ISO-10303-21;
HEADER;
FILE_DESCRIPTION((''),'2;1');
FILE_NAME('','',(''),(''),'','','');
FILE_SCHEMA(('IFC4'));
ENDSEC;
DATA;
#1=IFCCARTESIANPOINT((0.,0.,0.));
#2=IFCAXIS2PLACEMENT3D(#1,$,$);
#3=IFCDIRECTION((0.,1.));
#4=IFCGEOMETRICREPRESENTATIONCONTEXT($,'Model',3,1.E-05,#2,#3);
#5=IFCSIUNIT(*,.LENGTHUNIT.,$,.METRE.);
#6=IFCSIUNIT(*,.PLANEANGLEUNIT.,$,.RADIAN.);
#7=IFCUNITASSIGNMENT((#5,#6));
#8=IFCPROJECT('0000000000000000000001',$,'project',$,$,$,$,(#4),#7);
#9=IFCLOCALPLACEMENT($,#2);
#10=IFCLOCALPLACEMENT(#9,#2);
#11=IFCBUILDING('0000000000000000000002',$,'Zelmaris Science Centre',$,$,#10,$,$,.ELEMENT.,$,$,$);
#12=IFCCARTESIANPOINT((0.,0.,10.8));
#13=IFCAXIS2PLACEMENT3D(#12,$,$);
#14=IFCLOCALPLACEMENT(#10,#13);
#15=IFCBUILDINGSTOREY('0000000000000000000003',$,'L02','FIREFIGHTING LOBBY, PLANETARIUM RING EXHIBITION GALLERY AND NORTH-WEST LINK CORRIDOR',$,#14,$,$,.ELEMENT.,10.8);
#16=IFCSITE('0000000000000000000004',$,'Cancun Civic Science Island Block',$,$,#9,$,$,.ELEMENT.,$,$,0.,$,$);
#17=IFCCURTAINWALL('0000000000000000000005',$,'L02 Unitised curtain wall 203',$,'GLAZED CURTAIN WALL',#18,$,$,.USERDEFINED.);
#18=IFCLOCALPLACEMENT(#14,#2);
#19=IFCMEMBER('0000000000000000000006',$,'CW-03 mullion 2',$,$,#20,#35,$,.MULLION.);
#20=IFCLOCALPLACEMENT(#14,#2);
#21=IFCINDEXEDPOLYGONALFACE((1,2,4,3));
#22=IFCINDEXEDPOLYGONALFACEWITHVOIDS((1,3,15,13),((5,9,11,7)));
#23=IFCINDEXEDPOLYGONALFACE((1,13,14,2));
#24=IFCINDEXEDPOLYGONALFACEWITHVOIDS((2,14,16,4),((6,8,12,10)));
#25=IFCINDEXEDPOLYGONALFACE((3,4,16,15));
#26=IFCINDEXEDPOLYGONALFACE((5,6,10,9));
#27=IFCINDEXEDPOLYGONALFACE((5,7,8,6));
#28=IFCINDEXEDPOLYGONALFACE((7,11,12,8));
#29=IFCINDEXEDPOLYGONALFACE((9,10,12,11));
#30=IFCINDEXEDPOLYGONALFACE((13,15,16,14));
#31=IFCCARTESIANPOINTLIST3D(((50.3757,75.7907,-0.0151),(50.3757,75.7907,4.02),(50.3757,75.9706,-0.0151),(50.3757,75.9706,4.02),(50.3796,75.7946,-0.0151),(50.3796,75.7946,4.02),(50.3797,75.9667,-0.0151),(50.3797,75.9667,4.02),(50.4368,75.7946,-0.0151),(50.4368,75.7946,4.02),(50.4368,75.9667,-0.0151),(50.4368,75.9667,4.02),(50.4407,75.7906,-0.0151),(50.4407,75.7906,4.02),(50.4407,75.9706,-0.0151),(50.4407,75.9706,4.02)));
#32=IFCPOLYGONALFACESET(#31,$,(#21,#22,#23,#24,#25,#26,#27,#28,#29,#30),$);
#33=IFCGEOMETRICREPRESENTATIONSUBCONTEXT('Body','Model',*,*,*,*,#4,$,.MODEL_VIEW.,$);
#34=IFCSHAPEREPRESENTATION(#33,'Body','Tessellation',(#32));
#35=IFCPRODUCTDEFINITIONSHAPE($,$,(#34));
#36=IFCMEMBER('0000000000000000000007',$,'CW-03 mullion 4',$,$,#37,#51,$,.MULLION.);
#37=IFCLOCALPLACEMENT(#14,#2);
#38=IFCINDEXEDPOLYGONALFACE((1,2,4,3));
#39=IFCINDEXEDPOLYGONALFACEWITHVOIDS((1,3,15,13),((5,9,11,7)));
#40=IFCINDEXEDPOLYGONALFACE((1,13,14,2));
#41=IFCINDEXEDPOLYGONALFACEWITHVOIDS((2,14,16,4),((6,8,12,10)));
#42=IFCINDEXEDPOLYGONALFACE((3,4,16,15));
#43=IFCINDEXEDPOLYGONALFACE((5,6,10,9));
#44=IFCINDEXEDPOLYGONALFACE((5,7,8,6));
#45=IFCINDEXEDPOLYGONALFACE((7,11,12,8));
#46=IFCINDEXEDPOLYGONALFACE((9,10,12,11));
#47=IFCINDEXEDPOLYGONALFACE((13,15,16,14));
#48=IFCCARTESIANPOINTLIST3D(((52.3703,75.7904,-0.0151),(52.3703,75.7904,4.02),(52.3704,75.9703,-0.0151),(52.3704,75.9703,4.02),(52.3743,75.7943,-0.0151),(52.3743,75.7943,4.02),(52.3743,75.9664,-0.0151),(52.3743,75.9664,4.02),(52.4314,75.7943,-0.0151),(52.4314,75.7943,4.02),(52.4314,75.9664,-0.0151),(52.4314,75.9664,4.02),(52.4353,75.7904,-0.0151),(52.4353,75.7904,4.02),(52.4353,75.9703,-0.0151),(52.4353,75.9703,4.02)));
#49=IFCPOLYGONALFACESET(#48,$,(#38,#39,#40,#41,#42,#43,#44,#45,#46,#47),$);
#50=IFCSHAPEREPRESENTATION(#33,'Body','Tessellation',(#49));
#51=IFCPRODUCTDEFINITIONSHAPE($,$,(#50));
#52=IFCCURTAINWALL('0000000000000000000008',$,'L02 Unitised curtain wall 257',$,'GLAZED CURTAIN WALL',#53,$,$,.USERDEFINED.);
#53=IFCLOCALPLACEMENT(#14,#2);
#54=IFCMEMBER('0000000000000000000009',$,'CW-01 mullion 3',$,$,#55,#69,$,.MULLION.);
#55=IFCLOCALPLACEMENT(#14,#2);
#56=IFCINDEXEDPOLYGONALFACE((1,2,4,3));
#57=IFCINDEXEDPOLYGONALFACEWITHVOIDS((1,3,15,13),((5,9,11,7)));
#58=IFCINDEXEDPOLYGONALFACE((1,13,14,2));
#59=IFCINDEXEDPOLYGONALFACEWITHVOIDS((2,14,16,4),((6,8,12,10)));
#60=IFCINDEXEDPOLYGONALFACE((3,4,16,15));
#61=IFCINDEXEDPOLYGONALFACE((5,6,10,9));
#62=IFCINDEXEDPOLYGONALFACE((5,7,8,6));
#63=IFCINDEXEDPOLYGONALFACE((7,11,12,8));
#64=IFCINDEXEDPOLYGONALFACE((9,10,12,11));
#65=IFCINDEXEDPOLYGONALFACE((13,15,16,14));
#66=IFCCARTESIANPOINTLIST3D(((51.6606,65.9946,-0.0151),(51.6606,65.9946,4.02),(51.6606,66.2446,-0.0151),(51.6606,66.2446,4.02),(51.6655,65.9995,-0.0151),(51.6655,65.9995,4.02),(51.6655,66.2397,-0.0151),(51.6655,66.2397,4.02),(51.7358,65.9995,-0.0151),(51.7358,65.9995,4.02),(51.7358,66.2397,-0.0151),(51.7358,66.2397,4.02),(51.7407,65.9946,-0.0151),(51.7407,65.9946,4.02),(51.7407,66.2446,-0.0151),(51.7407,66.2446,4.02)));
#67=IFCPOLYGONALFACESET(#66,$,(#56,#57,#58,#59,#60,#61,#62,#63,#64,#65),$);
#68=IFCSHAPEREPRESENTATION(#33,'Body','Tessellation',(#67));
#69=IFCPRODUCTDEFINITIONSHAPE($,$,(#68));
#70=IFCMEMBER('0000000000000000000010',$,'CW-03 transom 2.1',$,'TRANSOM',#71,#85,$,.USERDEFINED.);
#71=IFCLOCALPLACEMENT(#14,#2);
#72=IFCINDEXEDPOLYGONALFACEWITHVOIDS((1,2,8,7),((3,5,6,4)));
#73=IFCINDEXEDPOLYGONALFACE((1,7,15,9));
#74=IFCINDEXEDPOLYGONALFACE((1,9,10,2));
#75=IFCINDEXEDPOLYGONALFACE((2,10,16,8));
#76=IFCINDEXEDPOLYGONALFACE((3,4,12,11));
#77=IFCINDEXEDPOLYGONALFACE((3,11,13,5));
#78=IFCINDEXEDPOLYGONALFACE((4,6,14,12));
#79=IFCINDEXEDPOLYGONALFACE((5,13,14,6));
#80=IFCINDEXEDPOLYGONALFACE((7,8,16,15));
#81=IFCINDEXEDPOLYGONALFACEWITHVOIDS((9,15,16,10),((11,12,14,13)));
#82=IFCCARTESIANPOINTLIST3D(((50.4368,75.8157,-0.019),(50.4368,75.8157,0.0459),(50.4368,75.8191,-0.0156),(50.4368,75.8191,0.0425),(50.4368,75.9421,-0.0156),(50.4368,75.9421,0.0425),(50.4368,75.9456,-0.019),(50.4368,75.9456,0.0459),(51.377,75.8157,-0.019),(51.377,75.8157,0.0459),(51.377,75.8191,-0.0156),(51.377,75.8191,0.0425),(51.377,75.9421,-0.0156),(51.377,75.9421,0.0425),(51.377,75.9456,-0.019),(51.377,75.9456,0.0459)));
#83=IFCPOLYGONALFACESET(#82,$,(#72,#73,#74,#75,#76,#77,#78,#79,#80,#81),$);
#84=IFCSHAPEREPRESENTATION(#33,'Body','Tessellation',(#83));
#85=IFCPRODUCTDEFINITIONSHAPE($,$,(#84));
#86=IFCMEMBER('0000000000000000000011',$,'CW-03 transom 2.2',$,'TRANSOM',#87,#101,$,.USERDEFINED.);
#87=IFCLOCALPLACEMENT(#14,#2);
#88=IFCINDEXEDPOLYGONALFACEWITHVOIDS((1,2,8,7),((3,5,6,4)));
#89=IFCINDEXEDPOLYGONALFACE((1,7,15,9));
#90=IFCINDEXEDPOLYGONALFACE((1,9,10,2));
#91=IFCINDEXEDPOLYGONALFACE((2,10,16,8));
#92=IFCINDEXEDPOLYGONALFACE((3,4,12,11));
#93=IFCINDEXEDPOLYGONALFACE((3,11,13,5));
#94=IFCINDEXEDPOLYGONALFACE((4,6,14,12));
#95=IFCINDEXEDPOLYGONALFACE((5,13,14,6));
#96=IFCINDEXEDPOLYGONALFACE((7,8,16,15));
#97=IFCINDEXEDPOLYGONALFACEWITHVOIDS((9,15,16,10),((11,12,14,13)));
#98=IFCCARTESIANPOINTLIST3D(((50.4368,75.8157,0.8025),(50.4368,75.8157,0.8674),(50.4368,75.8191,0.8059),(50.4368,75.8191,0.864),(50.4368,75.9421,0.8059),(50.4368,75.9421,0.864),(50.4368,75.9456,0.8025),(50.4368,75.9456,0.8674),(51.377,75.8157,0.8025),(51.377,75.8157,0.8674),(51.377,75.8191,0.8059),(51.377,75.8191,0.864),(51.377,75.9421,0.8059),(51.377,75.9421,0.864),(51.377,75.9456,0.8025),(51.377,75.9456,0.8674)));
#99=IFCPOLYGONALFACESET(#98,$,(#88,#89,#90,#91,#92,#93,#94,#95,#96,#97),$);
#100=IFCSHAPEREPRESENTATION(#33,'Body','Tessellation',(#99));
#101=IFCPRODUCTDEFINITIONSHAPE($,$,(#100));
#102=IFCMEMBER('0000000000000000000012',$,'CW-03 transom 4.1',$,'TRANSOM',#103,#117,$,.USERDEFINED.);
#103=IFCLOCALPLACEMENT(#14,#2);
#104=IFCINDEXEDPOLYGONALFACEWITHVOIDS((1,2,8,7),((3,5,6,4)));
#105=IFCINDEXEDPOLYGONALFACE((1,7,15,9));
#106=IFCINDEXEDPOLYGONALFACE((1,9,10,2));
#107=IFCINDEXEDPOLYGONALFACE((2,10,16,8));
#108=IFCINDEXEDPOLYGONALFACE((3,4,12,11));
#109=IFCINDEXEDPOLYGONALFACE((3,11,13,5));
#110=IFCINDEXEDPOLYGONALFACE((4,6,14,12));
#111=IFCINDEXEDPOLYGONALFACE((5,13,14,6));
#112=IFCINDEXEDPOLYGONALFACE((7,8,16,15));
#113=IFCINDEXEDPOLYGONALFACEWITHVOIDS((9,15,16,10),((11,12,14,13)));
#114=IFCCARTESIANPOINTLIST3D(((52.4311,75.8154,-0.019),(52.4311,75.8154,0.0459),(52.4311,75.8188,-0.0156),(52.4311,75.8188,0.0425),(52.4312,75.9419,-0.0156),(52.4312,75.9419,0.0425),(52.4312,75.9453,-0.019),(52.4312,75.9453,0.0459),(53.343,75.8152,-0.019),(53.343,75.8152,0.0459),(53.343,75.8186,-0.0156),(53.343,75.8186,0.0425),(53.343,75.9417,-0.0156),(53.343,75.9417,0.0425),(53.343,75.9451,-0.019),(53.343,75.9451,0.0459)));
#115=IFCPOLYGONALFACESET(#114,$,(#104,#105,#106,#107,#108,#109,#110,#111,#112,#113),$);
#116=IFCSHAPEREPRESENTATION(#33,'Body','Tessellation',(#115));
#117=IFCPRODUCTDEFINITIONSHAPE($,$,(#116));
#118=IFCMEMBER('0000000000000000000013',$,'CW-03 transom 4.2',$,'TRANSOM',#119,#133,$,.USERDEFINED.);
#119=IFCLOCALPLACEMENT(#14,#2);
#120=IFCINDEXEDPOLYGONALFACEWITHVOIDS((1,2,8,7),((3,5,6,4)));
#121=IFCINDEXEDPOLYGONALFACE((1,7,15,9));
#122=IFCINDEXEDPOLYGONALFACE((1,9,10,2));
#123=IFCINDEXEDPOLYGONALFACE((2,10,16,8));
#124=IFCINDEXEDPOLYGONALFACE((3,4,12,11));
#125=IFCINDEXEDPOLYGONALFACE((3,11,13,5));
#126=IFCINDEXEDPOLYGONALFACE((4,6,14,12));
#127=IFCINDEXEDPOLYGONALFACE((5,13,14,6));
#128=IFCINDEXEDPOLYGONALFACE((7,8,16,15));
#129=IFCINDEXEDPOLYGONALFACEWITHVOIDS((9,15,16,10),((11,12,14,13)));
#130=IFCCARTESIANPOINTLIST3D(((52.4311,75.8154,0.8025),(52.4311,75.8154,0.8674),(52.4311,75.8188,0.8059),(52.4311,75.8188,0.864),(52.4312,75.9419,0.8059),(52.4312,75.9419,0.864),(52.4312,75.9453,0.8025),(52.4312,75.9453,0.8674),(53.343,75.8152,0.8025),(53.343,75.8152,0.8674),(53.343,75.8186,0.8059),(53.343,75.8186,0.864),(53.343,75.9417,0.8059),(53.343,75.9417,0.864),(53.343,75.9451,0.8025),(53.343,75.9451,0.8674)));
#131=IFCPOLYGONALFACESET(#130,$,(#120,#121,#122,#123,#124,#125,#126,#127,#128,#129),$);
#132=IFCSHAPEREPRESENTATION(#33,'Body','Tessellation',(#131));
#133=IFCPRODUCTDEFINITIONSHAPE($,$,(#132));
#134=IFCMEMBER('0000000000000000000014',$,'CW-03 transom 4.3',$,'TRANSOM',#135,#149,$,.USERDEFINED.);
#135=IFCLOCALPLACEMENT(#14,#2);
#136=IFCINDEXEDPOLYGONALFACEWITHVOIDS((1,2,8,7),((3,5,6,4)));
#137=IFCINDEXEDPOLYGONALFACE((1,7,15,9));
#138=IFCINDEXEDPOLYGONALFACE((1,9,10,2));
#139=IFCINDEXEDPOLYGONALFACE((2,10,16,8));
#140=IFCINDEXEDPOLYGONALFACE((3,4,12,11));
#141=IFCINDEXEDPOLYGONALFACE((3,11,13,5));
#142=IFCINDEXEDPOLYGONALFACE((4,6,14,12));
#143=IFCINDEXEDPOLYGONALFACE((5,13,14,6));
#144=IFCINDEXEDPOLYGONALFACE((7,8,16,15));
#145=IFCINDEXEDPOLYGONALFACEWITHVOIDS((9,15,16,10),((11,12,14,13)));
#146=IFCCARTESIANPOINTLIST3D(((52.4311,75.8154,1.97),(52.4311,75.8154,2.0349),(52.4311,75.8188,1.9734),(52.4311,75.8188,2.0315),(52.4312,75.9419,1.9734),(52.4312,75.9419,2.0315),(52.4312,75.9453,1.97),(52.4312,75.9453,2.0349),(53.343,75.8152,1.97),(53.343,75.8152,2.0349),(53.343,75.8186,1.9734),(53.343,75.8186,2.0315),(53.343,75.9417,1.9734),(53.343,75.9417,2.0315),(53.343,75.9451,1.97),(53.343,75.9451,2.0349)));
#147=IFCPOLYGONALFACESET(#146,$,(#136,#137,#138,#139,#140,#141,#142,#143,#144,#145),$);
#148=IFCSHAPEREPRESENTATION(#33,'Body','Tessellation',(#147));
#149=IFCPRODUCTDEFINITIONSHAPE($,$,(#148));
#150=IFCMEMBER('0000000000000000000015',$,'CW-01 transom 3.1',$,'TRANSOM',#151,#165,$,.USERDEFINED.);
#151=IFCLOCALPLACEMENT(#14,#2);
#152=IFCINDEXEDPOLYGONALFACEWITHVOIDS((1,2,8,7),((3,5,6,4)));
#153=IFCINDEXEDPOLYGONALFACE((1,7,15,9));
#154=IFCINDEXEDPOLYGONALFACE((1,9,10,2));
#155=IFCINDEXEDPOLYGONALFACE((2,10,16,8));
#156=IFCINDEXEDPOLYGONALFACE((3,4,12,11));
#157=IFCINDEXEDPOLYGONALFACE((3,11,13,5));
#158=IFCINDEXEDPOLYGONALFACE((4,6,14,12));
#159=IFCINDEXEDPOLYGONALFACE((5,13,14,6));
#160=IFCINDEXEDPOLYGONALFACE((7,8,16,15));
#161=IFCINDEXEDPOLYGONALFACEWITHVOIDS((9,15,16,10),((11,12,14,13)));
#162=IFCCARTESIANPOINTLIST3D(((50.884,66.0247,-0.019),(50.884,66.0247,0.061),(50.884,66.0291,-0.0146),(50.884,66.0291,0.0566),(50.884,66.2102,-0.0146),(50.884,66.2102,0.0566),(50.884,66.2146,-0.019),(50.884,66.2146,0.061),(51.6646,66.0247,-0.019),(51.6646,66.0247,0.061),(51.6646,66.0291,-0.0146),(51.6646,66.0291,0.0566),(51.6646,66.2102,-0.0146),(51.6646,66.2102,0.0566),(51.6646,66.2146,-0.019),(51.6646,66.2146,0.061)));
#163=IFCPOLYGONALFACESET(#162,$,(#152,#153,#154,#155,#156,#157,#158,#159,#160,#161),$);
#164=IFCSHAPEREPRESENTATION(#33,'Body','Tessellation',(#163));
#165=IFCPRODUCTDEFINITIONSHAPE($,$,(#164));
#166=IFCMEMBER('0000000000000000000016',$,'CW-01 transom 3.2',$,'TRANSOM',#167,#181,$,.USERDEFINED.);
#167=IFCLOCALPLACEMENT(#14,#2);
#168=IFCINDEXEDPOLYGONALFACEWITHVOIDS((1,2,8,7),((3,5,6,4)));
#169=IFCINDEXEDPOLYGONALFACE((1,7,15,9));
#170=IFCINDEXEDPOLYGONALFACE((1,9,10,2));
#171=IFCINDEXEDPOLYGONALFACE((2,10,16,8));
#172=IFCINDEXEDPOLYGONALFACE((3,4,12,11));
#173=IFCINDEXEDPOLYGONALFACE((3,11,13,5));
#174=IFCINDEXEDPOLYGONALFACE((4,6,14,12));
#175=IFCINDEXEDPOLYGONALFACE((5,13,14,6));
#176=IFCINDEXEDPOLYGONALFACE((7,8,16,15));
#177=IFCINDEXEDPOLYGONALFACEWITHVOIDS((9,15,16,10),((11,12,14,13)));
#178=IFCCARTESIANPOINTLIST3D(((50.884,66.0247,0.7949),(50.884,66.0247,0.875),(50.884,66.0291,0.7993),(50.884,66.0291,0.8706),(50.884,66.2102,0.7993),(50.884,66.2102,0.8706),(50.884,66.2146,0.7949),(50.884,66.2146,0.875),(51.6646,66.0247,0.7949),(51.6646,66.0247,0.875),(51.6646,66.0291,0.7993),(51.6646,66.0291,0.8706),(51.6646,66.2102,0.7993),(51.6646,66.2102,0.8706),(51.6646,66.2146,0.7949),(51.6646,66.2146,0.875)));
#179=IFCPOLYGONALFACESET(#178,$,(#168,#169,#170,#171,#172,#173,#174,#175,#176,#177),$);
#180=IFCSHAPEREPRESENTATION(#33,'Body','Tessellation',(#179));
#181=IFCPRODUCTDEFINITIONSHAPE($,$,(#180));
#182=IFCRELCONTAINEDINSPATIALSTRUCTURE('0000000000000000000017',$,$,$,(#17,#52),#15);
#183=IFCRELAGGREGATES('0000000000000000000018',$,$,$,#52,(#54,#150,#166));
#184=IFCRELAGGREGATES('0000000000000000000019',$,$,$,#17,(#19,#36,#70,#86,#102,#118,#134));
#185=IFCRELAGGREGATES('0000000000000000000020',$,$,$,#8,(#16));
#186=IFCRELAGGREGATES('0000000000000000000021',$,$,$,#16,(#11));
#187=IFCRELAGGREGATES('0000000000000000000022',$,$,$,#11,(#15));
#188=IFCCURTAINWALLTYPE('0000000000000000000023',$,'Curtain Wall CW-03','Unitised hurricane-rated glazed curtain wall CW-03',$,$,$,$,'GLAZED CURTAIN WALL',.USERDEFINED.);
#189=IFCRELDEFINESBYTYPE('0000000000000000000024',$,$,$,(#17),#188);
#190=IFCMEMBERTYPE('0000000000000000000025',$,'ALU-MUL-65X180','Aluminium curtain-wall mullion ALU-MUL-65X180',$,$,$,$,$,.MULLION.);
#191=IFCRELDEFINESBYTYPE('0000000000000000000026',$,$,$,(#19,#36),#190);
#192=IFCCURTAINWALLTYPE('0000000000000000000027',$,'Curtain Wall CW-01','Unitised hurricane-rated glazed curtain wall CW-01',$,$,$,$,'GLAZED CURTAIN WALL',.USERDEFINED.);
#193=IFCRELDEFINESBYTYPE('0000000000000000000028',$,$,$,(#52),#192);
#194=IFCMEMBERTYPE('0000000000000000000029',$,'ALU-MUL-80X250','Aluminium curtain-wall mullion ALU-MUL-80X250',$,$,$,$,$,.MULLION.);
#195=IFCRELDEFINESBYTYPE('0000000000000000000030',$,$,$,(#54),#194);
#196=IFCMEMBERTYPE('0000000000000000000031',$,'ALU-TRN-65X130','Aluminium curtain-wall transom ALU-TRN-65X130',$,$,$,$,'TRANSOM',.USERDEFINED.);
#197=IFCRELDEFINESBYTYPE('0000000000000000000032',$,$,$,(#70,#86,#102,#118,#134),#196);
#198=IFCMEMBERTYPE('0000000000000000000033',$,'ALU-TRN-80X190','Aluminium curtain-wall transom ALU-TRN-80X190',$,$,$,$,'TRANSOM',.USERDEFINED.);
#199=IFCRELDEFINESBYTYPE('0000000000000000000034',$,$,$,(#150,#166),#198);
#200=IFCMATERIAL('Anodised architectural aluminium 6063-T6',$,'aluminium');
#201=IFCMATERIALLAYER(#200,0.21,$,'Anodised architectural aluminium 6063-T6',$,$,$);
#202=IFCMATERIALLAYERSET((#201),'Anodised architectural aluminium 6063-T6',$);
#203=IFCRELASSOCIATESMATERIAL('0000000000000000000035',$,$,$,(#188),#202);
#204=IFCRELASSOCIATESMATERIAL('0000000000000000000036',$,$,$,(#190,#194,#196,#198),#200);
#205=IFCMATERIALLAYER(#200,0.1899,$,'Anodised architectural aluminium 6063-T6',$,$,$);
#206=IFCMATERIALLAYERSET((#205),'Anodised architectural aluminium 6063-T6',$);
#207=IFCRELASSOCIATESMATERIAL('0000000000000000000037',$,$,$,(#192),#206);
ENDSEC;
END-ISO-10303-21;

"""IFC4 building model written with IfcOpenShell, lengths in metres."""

from ifc_helpers import new_model, si_unit, direction, frame, origin, origin_2d, place, context, subcontext, project, spatial, hollow_rectangle, extrude, material, layer, layer_set, material_profile, profile_set, type_object, element, aggregate, save


model = new_model("IFC4")

# Units and contexts
model_context = context("Model", 3, precision=1e-05, world=origin(), true_north=direction((0.0, 1.0)))
body_context = subcontext(model_context, "Body", "Model", "MODEL_VIEW")
ifc_project = project(units=[si_unit("LENGTHUNIT", "METRE"), si_unit("PLANEANGLEUNIT", "RADIAN")], contexts=[model_context])

# Site, building, storey
site_placement = place(None, origin())
site = spatial("IfcSite", under=ifc_project, at=site_placement, Name="Cancun Civic Science Island Block", CompositionType="ELEMENT", RefElevation=0.0)
building_placement = place(site_placement, origin())
building = spatial("IfcBuilding", under=site, at=building_placement, Name="Zelmaris Science Centre", CompositionType="ELEMENT")
storey_placement = place(building_placement, frame((0.0, 0.0, 10.8)))
storey = spatial("IfcBuildingStorey", under=building, at=storey_placement, Name="L02", Description="FIREFIGHTING LOBBY, PLANETARIUM RING EXHIBITION GALLERY AND NORTH-WEST LINK CORRIDOR", CompositionType="ELEMENT", Elevation=10.8)

# Curtain wall, members
ifc_material_1 = material(Name="Anodised architectural aluminium 6063-T6", Category="aluminium")
ifc_layer_1 = layer(ifc_material_1, 0.21, Name="Anodised architectural aluminium 6063-T6")
ifc_layer_set_1 = layer_set([ifc_layer_1], Name="Anodised architectural aluminium 6063-T6")
curtain_wall_type_1 = type_object("IfcCurtainWallType", Name="Curtain Wall CW-03", Description="Unitised hurricane-rated glazed curtain wall CW-03", ElementType="GLAZED CURTAIN WALL", PredefinedType="USERDEFINED", material=ifc_layer_set_1)
curtain_wall_1_placement = place(storey_placement, origin())
curtain_wall_1 = element("IfcCurtainWall", 1, at=curtain_wall_1_placement, inside=storey, type_object=curtain_wall_type_1, Name="L02 Unitised curtain wall 203", ObjectType="GLAZED CURTAIN WALL", PredefinedType="USERDEFINED")
ifc_material_profile_1 = material_profile(ifc_material_1, hollow_rectangle(XDim=0.0649, YDim=0.1799, WallThickness=0.0039, at=origin_2d()), Name="ALU-MUL-65X180")
ifc_profile_set_1 = profile_set([ifc_material_profile_1], Name="Anodised architectural aluminium 6063-T6")
member_type_1 = type_object("IfcMemberType", Name="ALU-MUL-65X180", Description="Aluminium curtain-wall mullion ALU-MUL-65X180", PredefinedType="MULLION", material=ifc_profile_set_1)
member_1_placement = place(storey_placement, frame((50.4082, 75.8806, -0.0151), z_axis=(0.0, 0.0, 1.0), x_axis=(1.0, -0.000194, 0.0)))
member_1 = element("IfcMember", 2, at=member_1_placement, type_object=member_type_1, Name="CW-03 mullion 2", PredefinedType="MULLION", context=body_context, shape_type="SweptSolid", body=[
    extrude(hollow_rectangle(XDim=0.0649, YDim=0.1799, WallThickness=0.0039, at=origin_2d()), origin(), (0.0, 0.0, 1.0), 4.0352),
])
member_2_placement = place(storey_placement, frame((52.4028, 75.8804, -0.0151), z_axis=(0.0, 0.0, 1.0), x_axis=(1.0, -0.000194, 0.0)))
member_2 = element("IfcMember", 3, at=member_2_placement, type_object=member_type_1, Name="CW-03 mullion 4", PredefinedType="MULLION", context=body_context, shape_type="SweptSolid", body=[
    extrude(hollow_rectangle(XDim=0.0649, YDim=0.1799, WallThickness=0.0039, at=origin_2d()), origin(), (0.0, 0.0, 1.0), 4.0352),
])

# Curtain wall, member
ifc_layer_2 = layer(ifc_material_1, 0.1899, Name="Anodised architectural aluminium 6063-T6")
ifc_layer_set_2 = layer_set([ifc_layer_2], Name="Anodised architectural aluminium 6063-T6")
curtain_wall_type_2 = type_object("IfcCurtainWallType", Name="Curtain Wall CW-01", Description="Unitised hurricane-rated glazed curtain wall CW-01", ElementType="GLAZED CURTAIN WALL", PredefinedType="USERDEFINED", material=ifc_layer_set_2)
curtain_wall_2_placement = place(storey_placement, origin())
curtain_wall_2 = element("IfcCurtainWall", 4, at=curtain_wall_2_placement, inside=storey, type_object=curtain_wall_type_2, Name="L02 Unitised curtain wall 257", ObjectType="GLAZED CURTAIN WALL", PredefinedType="USERDEFINED")
ifc_material_profile_2 = material_profile(ifc_material_1, hollow_rectangle(XDim=0.0801, YDim=0.25, WallThickness=0.0049, at=origin_2d()), Name="ALU-MUL-80X250")
ifc_profile_set_2 = profile_set([ifc_material_profile_2], Name="Anodised architectural aluminium 6063-T6")
member_type_2 = type_object("IfcMemberType", Name="ALU-MUL-80X250", Description="Aluminium curtain-wall mullion ALU-MUL-80X250", PredefinedType="MULLION", material=ifc_profile_set_2)
member_3_placement = place(storey_placement, frame((51.7007, 66.1196, -0.0151), z_axis=(0.0, 0.0, 1.0), x_axis=(-1.0, 0.0, 0.0)))
member_3 = element("IfcMember", 5, at=member_3_placement, type_object=member_type_2, Name="CW-01 mullion 3", PredefinedType="MULLION", context=body_context, shape_type="SweptSolid", body=[
    extrude(hollow_rectangle(XDim=0.0801, YDim=0.25, WallThickness=0.0049, at=origin_2d()), origin(), (0.0, 0.0, 1.0), 4.0352),
])

# Members
ifc_material_profile_3 = material_profile(ifc_material_1, hollow_rectangle(XDim=0.0649, YDim=0.1299, WallThickness=0.0034, at=origin_2d()), Name="ALU-TRN-65X130")
ifc_profile_set_3 = profile_set([ifc_material_profile_3], Name="Anodised architectural aluminium 6063-T6")
member_type_3 = type_object("IfcMemberType", Name="ALU-TRN-65X130", Description="Aluminium curtain-wall transom ALU-TRN-65X130", ElementType="TRANSOM", PredefinedType="USERDEFINED", material=ifc_profile_set_3)
member_4_placement = place(storey_placement, frame((50.4368, 75.8806, 0.0134), z_axis=(1.0, 0.0, 0.0), x_axis=(0.0, 0.0, 1.0)))
member_4 = element("IfcMember", 6, at=member_4_placement, type_object=member_type_3, Name="CW-03 transom 2.1", ObjectType="TRANSOM", PredefinedType="USERDEFINED", context=body_context, shape_type="SweptSolid", body=[
    extrude(hollow_rectangle(XDim=0.0649, YDim=0.1299, WallThickness=0.0034, at=origin_2d()), origin(), (0.0, 0.0, 1.0), 0.9402),
])
member_5_placement = place(storey_placement, frame((50.4368, 75.8806, 0.835), z_axis=(1.0, 0.0, 0.0), x_axis=(0.0, 0.0, 1.0)))
member_5 = element("IfcMember", 7, at=member_5_placement, type_object=member_type_3, Name="CW-03 transom 2.2", ObjectType="TRANSOM", PredefinedType="USERDEFINED", context=body_context, shape_type="SweptSolid", body=[
    extrude(hollow_rectangle(XDim=0.0649, YDim=0.1299, WallThickness=0.0034, at=origin_2d()), origin(), (0.0, 0.0, 1.0), 0.9402),
])
member_6_placement = place(storey_placement, frame((52.4312, 75.8804, 0.0134), z_axis=(1.0, -0.000268, 0.0), x_axis=(0.0, 0.0, 1.0)))
member_6 = element("IfcMember", 8, at=member_6_placement, type_object=member_type_3, Name="CW-03 transom 4.1", ObjectType="TRANSOM", PredefinedType="USERDEFINED", context=body_context, shape_type="SweptSolid", body=[
    extrude(hollow_rectangle(XDim=0.0649, YDim=0.1299, WallThickness=0.0034, at=origin_2d()), origin(), (0.0, 0.0, 1.0), 0.9119),
])
member_7_placement = place(storey_placement, frame((52.4312, 75.8804, 0.835), z_axis=(1.0, -0.000268, 0.0), x_axis=(0.0, 0.0, 1.0)))
member_7 = element("IfcMember", 9, at=member_7_placement, type_object=member_type_3, Name="CW-03 transom 4.2", ObjectType="TRANSOM", PredefinedType="USERDEFINED", context=body_context, shape_type="SweptSolid", body=[
    extrude(hollow_rectangle(XDim=0.0649, YDim=0.1299, WallThickness=0.0034, at=origin_2d()), origin(), (0.0, 0.0, 1.0), 0.9119),
])
member_8_placement = place(storey_placement, frame((52.4312, 75.8804, 2.0024), z_axis=(1.0, -0.000268, 0.0), x_axis=(0.0, 0.0, 1.0)))
member_8 = element("IfcMember", 10, at=member_8_placement, type_object=member_type_3, Name="CW-03 transom 4.3", ObjectType="TRANSOM", PredefinedType="USERDEFINED", context=body_context, shape_type="SweptSolid", body=[
    extrude(hollow_rectangle(XDim=0.0649, YDim=0.1299, WallThickness=0.0034, at=origin_2d()), origin(), (0.0, 0.0, 1.0), 0.9119),
])
ifc_material_profile_4 = material_profile(ifc_material_1, hollow_rectangle(XDim=0.0801, YDim=0.1899, WallThickness=0.0044, at=origin_2d()), Name="ALU-TRN-80X190")
ifc_profile_set_4 = profile_set([ifc_material_profile_4], Name="Anodised architectural aluminium 6063-T6")
member_type_4 = type_object("IfcMemberType", Name="ALU-TRN-80X190", Description="Aluminium curtain-wall transom ALU-TRN-80X190", ElementType="TRANSOM", PredefinedType="USERDEFINED", material=ifc_profile_set_4)
member_9_placement = place(storey_placement, frame((51.6646, 66.1196, 0.021), z_axis=(-1.0, 0.0, 0.0), x_axis=(0.0, 0.0, 1.0)))
member_9 = element("IfcMember", 11, at=member_9_placement, type_object=member_type_4, Name="CW-01 transom 3.1", ObjectType="TRANSOM", PredefinedType="USERDEFINED", context=body_context, shape_type="SweptSolid", body=[
    extrude(hollow_rectangle(XDim=0.0801, YDim=0.1899, WallThickness=0.0044, at=origin_2d()), origin(), (0.0, 0.0, 1.0), 0.7805),
])
member_10_placement = place(storey_placement, frame((51.6646, 66.1196, 0.835), z_axis=(-1.0, 0.0, 0.0), x_axis=(0.0, 0.0, 1.0)))
member_10 = element("IfcMember", 12, at=member_10_placement, type_object=member_type_4, Name="CW-01 transom 3.2", ObjectType="TRANSOM", PredefinedType="USERDEFINED", context=body_context, shape_type="SweptSolid", body=[
    extrude(hollow_rectangle(XDim=0.0801, YDim=0.1899, WallThickness=0.0044, at=origin_2d()), origin(), (0.0, 0.0, 1.0), 0.7805),
])

aggregate(curtain_wall_2, [member_3, member_9, member_10])
aggregate(curtain_wall_1, [member_1, member_2, member_4, member_5, member_6, member_7, member_8])

save(model, "model.ifc")
